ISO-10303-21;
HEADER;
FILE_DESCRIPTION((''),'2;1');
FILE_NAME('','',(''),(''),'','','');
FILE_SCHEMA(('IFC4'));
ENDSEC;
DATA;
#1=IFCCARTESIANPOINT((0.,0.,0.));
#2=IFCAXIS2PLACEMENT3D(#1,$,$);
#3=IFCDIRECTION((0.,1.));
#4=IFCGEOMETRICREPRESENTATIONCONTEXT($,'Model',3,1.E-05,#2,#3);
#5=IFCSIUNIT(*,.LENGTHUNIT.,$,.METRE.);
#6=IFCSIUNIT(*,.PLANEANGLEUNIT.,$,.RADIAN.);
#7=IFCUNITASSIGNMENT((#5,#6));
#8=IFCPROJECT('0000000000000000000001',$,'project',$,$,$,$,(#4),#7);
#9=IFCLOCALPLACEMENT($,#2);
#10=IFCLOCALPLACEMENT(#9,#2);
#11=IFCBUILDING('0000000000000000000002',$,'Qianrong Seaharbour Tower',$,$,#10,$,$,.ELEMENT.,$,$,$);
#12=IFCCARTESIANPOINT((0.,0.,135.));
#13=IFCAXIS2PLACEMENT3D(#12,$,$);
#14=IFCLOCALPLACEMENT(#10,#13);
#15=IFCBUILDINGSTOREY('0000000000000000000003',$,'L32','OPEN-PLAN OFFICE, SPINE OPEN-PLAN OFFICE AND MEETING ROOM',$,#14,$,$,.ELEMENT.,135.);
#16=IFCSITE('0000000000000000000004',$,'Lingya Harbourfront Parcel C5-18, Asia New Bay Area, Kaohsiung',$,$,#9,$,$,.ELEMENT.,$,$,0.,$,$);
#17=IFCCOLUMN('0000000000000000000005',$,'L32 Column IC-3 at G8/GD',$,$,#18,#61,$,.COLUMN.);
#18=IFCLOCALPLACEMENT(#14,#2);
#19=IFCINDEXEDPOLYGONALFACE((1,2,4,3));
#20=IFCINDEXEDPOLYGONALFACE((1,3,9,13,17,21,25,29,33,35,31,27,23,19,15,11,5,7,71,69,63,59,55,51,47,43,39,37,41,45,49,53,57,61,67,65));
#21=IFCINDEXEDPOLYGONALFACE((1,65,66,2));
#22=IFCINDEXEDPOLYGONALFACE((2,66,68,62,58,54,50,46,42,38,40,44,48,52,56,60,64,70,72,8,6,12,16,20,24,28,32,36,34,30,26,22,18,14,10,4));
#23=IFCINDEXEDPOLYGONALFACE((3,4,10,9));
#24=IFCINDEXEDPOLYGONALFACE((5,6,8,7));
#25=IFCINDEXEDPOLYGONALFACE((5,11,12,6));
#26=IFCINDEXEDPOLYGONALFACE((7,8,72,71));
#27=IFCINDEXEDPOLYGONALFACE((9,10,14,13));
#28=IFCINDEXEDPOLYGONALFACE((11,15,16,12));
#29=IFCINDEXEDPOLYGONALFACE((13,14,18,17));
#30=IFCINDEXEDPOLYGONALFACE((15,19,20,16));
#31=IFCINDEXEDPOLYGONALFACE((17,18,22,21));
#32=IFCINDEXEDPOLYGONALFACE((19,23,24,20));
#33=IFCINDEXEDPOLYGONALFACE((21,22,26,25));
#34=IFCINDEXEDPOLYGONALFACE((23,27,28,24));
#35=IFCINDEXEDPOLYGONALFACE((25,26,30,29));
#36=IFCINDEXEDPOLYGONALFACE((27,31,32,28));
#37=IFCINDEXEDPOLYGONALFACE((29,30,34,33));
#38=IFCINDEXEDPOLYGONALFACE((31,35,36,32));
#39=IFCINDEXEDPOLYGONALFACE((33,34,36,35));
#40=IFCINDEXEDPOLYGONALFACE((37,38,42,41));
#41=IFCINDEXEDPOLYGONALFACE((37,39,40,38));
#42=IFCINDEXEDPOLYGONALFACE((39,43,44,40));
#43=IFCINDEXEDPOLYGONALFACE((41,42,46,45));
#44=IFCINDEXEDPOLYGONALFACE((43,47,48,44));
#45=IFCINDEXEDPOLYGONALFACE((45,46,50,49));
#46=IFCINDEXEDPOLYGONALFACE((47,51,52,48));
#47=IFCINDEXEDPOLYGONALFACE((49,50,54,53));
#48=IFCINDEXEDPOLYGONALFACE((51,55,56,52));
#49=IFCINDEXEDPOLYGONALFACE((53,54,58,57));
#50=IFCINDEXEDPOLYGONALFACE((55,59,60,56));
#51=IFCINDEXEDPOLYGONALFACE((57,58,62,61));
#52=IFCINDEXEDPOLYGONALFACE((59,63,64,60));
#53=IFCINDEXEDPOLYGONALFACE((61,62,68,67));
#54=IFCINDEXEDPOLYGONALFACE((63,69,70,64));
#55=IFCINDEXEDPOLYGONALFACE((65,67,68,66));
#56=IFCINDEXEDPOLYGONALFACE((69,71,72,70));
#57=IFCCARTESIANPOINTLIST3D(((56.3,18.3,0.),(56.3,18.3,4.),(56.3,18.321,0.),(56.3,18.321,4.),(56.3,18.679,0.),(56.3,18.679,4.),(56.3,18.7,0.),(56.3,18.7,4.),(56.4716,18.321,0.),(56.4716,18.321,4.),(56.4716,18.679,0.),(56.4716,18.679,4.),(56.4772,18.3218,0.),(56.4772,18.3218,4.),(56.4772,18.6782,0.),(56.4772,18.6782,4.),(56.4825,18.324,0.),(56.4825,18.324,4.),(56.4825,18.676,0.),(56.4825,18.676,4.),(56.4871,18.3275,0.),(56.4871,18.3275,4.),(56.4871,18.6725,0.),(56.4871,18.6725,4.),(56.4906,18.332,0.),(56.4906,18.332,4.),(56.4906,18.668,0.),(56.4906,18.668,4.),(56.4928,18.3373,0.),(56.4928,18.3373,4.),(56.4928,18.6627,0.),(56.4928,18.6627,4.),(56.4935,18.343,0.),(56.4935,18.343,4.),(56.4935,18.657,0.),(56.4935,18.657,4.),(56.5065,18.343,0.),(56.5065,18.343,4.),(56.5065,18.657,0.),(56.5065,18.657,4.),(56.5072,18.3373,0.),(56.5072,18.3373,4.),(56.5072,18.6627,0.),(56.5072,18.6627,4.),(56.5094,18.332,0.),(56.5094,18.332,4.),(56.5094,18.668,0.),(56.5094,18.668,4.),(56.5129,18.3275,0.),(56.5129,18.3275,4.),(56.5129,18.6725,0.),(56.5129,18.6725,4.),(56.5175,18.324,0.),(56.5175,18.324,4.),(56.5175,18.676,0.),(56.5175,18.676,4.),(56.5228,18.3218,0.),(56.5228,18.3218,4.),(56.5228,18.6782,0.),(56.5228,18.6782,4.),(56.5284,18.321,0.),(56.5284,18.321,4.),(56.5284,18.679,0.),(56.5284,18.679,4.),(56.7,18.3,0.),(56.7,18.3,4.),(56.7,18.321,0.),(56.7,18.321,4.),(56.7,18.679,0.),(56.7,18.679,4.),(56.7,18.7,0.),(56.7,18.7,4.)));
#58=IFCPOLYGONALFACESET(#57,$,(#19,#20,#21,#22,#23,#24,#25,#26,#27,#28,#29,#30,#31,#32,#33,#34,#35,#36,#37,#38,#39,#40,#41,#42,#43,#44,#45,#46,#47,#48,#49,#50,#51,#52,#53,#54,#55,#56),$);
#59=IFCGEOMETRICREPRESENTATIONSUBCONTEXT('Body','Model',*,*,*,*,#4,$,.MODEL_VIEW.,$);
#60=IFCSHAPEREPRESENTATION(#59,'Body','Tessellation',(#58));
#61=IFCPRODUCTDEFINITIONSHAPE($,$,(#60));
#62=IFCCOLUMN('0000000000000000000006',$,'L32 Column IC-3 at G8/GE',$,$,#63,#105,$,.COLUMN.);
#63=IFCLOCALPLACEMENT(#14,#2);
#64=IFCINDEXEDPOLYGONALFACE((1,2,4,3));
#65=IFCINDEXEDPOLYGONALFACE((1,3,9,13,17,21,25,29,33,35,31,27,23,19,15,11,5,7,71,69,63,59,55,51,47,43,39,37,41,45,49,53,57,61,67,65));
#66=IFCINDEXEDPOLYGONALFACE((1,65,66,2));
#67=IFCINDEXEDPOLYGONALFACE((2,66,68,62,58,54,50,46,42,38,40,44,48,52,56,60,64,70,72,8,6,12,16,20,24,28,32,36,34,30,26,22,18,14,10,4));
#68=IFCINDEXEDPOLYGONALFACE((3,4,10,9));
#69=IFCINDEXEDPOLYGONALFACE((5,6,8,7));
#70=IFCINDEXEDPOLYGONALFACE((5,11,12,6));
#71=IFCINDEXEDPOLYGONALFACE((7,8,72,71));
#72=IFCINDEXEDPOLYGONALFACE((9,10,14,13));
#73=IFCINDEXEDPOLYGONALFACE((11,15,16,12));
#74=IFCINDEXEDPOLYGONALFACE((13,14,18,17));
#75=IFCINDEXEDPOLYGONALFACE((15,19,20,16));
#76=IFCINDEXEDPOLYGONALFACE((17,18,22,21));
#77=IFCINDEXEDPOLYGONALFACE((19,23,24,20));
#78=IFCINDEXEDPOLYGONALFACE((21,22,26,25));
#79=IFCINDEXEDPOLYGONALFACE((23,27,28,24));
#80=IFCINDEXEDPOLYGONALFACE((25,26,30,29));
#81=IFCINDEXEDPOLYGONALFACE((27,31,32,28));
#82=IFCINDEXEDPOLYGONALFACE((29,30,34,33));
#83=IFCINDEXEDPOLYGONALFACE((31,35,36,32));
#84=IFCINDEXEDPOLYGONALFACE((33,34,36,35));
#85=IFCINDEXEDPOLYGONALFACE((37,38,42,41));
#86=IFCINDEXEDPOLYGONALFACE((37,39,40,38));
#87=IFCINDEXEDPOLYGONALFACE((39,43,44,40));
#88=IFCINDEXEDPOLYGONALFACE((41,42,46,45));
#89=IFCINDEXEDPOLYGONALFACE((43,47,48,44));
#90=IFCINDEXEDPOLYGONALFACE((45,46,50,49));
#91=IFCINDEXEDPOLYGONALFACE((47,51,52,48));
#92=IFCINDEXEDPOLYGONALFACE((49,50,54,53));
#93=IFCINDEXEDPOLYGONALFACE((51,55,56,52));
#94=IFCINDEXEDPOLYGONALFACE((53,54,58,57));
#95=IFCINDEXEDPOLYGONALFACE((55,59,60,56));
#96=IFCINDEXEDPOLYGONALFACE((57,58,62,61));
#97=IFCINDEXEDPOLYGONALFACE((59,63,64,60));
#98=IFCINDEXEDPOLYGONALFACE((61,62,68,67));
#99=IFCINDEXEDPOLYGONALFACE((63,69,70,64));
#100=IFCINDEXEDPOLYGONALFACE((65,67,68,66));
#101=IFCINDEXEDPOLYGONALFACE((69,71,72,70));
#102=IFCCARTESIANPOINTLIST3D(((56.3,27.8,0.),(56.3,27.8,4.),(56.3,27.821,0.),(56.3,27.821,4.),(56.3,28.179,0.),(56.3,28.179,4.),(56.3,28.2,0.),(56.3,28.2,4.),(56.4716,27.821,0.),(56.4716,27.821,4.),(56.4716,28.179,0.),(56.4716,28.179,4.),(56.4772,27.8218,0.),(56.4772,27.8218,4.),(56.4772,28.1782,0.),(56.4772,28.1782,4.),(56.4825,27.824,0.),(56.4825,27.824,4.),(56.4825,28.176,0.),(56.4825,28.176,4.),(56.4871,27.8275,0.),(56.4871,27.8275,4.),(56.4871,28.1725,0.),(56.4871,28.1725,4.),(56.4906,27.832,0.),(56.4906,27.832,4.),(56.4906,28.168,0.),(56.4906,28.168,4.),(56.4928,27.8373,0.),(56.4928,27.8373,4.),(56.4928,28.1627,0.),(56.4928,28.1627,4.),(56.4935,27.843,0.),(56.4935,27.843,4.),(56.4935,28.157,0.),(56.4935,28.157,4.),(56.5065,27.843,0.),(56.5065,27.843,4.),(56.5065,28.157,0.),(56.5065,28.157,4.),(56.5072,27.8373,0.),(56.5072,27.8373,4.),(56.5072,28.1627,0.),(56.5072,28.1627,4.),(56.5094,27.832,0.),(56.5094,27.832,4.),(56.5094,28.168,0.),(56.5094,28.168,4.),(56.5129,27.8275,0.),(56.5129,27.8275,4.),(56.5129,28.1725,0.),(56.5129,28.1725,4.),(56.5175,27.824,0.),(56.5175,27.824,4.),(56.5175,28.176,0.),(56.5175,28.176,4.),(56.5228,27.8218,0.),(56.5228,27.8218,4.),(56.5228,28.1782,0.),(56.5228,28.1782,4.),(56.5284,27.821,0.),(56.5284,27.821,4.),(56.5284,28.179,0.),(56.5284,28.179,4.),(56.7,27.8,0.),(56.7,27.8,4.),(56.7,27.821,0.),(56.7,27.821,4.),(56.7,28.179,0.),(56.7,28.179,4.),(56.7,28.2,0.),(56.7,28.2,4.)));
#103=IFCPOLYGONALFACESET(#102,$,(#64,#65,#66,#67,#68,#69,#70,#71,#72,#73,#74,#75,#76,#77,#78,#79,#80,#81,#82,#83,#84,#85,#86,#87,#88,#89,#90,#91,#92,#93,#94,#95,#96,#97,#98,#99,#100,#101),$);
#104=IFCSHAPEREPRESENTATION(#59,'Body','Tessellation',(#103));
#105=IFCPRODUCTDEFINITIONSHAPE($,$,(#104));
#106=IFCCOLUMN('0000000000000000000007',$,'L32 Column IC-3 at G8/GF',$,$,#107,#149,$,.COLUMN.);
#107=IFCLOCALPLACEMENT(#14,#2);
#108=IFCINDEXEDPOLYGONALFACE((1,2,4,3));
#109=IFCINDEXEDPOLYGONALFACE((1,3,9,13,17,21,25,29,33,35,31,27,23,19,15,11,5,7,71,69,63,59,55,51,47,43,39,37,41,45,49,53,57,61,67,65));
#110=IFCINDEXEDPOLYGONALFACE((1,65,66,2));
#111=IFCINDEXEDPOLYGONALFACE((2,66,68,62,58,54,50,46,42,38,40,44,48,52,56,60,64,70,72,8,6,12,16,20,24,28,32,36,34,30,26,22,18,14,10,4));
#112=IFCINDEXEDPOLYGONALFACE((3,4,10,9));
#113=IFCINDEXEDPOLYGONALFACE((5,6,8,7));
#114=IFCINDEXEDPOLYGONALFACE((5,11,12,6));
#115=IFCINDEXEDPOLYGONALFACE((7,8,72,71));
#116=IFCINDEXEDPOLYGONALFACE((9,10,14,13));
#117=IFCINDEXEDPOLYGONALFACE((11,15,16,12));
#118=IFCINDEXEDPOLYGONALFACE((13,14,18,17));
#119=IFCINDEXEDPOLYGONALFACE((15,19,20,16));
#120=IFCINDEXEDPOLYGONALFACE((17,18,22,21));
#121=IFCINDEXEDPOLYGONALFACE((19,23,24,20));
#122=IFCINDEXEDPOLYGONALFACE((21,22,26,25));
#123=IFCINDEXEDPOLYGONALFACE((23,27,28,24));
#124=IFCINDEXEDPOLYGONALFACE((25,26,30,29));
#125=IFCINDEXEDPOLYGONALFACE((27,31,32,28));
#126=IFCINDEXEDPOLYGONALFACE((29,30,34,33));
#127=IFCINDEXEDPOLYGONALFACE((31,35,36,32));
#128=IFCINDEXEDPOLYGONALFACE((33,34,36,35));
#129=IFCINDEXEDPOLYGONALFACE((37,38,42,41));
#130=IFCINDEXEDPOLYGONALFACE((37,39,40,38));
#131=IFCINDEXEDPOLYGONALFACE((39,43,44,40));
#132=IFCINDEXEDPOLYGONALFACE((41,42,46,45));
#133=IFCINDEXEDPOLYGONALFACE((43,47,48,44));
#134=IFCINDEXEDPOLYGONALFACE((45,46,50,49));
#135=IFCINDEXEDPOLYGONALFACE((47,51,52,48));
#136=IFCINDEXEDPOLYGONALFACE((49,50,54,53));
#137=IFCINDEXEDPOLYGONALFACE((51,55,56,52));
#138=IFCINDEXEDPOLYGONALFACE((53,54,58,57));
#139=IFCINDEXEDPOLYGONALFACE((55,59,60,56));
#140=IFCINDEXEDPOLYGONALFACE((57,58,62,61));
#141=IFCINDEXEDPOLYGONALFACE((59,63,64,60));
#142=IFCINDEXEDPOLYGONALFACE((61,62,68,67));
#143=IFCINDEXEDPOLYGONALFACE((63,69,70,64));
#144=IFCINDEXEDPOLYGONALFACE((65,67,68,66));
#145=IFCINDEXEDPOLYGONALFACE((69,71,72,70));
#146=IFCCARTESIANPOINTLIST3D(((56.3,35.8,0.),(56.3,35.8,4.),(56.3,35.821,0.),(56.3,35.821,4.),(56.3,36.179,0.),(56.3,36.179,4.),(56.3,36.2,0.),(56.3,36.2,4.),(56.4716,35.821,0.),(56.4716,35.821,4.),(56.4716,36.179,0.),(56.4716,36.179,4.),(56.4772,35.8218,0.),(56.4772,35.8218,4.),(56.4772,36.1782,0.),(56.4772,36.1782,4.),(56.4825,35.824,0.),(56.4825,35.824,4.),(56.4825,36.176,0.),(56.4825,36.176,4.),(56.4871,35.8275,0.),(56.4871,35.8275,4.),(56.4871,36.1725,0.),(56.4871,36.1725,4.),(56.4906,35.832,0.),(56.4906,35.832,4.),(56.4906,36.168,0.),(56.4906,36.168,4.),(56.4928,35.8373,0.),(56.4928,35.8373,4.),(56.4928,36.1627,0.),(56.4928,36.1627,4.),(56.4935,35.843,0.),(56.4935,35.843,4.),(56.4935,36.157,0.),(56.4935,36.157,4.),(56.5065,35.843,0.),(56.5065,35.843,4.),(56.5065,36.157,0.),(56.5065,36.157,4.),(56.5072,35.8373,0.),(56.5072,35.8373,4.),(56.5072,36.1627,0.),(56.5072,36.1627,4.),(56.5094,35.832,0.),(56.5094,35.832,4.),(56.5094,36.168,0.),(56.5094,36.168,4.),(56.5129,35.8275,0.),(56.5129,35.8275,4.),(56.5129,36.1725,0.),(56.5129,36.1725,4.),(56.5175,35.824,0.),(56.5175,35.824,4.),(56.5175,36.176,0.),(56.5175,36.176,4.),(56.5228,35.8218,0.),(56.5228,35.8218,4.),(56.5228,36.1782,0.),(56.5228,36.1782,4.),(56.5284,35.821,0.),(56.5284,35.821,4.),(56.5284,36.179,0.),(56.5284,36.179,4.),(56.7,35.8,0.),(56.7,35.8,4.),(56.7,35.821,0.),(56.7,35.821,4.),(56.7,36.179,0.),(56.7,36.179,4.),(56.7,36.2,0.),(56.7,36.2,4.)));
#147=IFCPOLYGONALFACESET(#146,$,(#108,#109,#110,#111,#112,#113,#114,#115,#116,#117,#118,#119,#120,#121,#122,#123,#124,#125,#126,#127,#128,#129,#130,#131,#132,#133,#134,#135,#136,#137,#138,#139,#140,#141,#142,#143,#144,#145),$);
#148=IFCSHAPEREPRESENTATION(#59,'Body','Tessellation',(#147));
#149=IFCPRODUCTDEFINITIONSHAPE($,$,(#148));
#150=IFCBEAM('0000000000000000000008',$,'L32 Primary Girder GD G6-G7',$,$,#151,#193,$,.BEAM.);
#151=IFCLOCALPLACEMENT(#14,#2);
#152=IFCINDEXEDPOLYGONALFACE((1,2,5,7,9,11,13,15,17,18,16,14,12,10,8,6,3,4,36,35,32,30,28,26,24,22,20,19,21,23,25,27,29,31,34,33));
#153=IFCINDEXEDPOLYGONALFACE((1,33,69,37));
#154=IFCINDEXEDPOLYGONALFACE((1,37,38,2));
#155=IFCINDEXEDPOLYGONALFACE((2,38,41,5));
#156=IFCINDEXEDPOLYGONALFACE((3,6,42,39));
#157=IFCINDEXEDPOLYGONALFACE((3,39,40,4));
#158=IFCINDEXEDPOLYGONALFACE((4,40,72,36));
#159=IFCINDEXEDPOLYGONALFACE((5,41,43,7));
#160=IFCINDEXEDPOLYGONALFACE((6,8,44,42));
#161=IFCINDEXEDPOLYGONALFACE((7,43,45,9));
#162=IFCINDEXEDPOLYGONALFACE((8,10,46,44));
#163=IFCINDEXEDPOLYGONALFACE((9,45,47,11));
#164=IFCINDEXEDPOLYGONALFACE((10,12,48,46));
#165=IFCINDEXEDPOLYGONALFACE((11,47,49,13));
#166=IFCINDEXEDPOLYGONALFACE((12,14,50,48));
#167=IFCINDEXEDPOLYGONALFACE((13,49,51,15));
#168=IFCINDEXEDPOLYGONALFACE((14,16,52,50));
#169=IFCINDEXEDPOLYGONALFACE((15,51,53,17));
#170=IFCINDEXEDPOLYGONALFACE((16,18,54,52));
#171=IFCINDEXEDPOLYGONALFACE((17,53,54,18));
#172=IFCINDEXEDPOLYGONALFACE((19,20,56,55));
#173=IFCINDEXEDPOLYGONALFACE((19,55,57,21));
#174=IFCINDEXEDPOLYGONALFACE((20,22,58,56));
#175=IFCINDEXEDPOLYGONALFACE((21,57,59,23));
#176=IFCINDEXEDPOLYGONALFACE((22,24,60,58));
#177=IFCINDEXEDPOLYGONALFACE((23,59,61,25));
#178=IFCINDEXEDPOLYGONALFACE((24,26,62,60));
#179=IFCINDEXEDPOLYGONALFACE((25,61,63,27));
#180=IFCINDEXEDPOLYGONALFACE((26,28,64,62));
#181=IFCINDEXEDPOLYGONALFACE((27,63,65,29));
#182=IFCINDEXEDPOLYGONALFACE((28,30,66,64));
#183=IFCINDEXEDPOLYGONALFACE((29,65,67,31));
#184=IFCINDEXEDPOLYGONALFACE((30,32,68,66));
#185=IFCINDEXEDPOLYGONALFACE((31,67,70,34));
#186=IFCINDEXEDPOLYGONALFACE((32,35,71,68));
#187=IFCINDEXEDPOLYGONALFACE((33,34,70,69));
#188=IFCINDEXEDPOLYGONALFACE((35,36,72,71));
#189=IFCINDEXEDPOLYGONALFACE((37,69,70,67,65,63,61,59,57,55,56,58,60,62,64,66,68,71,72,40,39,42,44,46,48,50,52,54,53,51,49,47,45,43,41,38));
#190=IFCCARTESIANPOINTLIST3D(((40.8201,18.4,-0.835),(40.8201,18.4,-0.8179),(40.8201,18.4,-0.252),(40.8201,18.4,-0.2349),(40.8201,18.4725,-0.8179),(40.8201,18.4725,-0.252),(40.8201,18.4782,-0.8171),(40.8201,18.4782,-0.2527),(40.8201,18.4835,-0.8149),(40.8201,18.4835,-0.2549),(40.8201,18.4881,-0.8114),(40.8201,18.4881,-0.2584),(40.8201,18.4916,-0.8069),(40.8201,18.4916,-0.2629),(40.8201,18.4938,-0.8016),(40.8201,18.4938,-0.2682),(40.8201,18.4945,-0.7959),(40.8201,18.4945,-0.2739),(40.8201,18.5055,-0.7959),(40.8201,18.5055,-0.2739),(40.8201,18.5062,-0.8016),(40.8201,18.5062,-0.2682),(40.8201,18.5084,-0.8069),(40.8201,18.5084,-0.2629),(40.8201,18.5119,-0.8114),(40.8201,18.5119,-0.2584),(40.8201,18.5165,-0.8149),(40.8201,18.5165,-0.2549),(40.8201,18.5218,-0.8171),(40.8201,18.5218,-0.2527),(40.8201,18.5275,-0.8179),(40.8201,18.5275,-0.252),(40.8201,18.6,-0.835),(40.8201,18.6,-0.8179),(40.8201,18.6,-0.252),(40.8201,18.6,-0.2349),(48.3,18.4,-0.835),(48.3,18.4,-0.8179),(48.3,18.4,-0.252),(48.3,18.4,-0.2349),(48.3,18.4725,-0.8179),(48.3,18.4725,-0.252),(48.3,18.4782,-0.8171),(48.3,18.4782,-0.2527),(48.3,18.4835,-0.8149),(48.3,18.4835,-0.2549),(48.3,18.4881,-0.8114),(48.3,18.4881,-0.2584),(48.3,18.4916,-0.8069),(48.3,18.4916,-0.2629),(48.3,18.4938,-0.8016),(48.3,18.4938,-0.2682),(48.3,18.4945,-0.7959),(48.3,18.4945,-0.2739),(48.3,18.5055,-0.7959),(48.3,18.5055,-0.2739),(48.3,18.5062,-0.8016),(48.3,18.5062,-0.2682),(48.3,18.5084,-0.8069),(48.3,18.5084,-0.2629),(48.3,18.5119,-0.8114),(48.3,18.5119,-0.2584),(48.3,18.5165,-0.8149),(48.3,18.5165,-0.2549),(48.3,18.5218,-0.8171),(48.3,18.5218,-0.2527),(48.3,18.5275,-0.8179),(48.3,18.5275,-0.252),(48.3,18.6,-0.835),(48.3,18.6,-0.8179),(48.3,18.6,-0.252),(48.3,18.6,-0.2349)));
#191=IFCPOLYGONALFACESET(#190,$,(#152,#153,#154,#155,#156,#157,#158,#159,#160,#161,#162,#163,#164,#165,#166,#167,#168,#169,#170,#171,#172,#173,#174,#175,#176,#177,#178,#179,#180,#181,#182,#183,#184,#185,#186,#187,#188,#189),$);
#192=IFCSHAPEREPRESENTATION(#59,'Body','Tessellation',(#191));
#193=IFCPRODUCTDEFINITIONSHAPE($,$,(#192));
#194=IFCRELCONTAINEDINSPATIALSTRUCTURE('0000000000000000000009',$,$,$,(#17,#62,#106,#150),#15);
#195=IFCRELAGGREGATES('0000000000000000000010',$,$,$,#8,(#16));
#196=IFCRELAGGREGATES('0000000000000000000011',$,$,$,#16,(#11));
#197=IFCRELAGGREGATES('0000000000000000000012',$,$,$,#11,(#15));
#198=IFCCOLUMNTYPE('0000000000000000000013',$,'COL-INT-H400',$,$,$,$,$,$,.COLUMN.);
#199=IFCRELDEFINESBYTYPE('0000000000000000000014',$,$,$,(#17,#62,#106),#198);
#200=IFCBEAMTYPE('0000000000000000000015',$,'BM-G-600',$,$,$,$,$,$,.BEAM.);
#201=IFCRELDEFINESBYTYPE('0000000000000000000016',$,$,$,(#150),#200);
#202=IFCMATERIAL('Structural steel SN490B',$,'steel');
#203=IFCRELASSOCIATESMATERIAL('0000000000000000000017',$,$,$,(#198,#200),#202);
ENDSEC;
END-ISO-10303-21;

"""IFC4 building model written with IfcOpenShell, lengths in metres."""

from ifc_helpers import new_model, si_unit, direction, frame, origin, origin_2d, place, context, subcontext, project, spatial, i_section, extrude, material, material_profile, profile_set, type_object, element, save


model = new_model("IFC4")

# Units and contexts
model_context = context("Model", 3, precision=1e-05, world=origin(), true_north=direction((0.0, 1.0)))
body_context = subcontext(model_context, "Body", "Model", "MODEL_VIEW")
ifc_project = project(units=[si_unit("LENGTHUNIT", "METRE"), si_unit("PLANEANGLEUNIT", "RADIAN")], contexts=[model_context])

# Site, building, storey
site_placement = place(None, origin())
site = spatial("IfcSite", under=ifc_project, at=site_placement, Name="Lingya Harbourfront Parcel C5-18, Asia New Bay Area, Kaohsiung", CompositionType="ELEMENT", RefElevation=0.0)
building_placement = place(site_placement, origin())
building = spatial("IfcBuilding", under=site, at=building_placement, Name="Qianrong Seaharbour Tower", CompositionType="ELEMENT")
storey_placement = place(building_placement, frame((0.0, 0.0, 135.0)))
storey = spatial("IfcBuildingStorey", under=building, at=storey_placement, Name="L32", Description="OPEN-PLAN OFFICE, SPINE OPEN-PLAN OFFICE AND MEETING ROOM", CompositionType="ELEMENT", Elevation=135.0)

# Columns
ifc_material_1 = material(Name="Structural steel SN490B", Category="steel")
ifc_material_profile_1 = material_profile(ifc_material_1, i_section(OverallWidth=0.3999, OverallDepth=0.3999, WebThickness=0.0129, FlangeThickness=0.021, FilletRadius=0.022, at=origin_2d()), Name="H400x400x13x21")
ifc_profile_set_1 = profile_set([ifc_material_profile_1], Name="Structural steel SN490B")
column_type_1 = type_object("IfcColumnType", Name="COL-INT-H400", PredefinedType="COLUMN", material=ifc_profile_set_1)
for number, where, z_axis, x_axis, name in (
    (1, (56.5, 18.5, 0.0), (0.0, 0.0, 1.0), (1.0, 0.0, 0.0), "L32 Column IC-3 at G8/GD"),
    (2, (56.5, 28.0, 0.0), (0.0, 0.0, 1.0), (1.0, 0.0, 0.0), "L32 Column IC-3 at G8/GE"),
    (3, (56.5, 36.0, 0.0), (0.0, 0.0, 1.0), (1.0, 0.0, 0.0), "L32 Column IC-3 at G8/GF"),
):
    element("IfcColumn", number, at=place(storey_placement, frame(where, z_axis=z_axis, x_axis=x_axis)), inside=storey, type_object=column_type_1, Name=name, PredefinedType="COLUMN", context=body_context, shape_type="SweptSolid", body=[
        extrude(i_section(OverallWidth=0.3999, OverallDepth=0.3999, WebThickness=0.0129, FlangeThickness=0.021, FilletRadius=0.022, at=origin_2d()), origin(), (0.0, 0.0, 1.0), 4.0),
    ])

# Beam
ifc_material_profile_2 = material_profile(ifc_material_1, i_section(OverallWidth=0.2, OverallDepth=0.6001, WebThickness=0.011, FlangeThickness=0.0171, FilletRadius=0.022, at=origin_2d()), Name="H600x200x11x17")
ifc_profile_set_2 = profile_set([ifc_material_profile_2], Name="Structural steel SN490B")
beam_type_1 = type_object("IfcBeamType", Name="BM-G-600", PredefinedType="BEAM", material=ifc_profile_set_2)
beam_1_placement = place(storey_placement, frame((40.8201, 18.5, -0.5349), z_axis=(1.0, 0.0, 0.0), x_axis=(0.0, 1.0, 0.0)))
element("IfcBeam", 4, at=beam_1_placement, inside=storey, type_object=beam_type_1, Name="L32 Primary Girder GD G6-G7", PredefinedType="BEAM", context=body_context, shape_type="SweptSolid", body=[
    extrude(i_section(OverallWidth=0.2, OverallDepth=0.6001, WebThickness=0.011, FlangeThickness=0.0171, FilletRadius=0.022, at=origin_2d()), origin(), (0.0, 0.0, 1.0), 7.48),
])

save(model, "model.ifc")
